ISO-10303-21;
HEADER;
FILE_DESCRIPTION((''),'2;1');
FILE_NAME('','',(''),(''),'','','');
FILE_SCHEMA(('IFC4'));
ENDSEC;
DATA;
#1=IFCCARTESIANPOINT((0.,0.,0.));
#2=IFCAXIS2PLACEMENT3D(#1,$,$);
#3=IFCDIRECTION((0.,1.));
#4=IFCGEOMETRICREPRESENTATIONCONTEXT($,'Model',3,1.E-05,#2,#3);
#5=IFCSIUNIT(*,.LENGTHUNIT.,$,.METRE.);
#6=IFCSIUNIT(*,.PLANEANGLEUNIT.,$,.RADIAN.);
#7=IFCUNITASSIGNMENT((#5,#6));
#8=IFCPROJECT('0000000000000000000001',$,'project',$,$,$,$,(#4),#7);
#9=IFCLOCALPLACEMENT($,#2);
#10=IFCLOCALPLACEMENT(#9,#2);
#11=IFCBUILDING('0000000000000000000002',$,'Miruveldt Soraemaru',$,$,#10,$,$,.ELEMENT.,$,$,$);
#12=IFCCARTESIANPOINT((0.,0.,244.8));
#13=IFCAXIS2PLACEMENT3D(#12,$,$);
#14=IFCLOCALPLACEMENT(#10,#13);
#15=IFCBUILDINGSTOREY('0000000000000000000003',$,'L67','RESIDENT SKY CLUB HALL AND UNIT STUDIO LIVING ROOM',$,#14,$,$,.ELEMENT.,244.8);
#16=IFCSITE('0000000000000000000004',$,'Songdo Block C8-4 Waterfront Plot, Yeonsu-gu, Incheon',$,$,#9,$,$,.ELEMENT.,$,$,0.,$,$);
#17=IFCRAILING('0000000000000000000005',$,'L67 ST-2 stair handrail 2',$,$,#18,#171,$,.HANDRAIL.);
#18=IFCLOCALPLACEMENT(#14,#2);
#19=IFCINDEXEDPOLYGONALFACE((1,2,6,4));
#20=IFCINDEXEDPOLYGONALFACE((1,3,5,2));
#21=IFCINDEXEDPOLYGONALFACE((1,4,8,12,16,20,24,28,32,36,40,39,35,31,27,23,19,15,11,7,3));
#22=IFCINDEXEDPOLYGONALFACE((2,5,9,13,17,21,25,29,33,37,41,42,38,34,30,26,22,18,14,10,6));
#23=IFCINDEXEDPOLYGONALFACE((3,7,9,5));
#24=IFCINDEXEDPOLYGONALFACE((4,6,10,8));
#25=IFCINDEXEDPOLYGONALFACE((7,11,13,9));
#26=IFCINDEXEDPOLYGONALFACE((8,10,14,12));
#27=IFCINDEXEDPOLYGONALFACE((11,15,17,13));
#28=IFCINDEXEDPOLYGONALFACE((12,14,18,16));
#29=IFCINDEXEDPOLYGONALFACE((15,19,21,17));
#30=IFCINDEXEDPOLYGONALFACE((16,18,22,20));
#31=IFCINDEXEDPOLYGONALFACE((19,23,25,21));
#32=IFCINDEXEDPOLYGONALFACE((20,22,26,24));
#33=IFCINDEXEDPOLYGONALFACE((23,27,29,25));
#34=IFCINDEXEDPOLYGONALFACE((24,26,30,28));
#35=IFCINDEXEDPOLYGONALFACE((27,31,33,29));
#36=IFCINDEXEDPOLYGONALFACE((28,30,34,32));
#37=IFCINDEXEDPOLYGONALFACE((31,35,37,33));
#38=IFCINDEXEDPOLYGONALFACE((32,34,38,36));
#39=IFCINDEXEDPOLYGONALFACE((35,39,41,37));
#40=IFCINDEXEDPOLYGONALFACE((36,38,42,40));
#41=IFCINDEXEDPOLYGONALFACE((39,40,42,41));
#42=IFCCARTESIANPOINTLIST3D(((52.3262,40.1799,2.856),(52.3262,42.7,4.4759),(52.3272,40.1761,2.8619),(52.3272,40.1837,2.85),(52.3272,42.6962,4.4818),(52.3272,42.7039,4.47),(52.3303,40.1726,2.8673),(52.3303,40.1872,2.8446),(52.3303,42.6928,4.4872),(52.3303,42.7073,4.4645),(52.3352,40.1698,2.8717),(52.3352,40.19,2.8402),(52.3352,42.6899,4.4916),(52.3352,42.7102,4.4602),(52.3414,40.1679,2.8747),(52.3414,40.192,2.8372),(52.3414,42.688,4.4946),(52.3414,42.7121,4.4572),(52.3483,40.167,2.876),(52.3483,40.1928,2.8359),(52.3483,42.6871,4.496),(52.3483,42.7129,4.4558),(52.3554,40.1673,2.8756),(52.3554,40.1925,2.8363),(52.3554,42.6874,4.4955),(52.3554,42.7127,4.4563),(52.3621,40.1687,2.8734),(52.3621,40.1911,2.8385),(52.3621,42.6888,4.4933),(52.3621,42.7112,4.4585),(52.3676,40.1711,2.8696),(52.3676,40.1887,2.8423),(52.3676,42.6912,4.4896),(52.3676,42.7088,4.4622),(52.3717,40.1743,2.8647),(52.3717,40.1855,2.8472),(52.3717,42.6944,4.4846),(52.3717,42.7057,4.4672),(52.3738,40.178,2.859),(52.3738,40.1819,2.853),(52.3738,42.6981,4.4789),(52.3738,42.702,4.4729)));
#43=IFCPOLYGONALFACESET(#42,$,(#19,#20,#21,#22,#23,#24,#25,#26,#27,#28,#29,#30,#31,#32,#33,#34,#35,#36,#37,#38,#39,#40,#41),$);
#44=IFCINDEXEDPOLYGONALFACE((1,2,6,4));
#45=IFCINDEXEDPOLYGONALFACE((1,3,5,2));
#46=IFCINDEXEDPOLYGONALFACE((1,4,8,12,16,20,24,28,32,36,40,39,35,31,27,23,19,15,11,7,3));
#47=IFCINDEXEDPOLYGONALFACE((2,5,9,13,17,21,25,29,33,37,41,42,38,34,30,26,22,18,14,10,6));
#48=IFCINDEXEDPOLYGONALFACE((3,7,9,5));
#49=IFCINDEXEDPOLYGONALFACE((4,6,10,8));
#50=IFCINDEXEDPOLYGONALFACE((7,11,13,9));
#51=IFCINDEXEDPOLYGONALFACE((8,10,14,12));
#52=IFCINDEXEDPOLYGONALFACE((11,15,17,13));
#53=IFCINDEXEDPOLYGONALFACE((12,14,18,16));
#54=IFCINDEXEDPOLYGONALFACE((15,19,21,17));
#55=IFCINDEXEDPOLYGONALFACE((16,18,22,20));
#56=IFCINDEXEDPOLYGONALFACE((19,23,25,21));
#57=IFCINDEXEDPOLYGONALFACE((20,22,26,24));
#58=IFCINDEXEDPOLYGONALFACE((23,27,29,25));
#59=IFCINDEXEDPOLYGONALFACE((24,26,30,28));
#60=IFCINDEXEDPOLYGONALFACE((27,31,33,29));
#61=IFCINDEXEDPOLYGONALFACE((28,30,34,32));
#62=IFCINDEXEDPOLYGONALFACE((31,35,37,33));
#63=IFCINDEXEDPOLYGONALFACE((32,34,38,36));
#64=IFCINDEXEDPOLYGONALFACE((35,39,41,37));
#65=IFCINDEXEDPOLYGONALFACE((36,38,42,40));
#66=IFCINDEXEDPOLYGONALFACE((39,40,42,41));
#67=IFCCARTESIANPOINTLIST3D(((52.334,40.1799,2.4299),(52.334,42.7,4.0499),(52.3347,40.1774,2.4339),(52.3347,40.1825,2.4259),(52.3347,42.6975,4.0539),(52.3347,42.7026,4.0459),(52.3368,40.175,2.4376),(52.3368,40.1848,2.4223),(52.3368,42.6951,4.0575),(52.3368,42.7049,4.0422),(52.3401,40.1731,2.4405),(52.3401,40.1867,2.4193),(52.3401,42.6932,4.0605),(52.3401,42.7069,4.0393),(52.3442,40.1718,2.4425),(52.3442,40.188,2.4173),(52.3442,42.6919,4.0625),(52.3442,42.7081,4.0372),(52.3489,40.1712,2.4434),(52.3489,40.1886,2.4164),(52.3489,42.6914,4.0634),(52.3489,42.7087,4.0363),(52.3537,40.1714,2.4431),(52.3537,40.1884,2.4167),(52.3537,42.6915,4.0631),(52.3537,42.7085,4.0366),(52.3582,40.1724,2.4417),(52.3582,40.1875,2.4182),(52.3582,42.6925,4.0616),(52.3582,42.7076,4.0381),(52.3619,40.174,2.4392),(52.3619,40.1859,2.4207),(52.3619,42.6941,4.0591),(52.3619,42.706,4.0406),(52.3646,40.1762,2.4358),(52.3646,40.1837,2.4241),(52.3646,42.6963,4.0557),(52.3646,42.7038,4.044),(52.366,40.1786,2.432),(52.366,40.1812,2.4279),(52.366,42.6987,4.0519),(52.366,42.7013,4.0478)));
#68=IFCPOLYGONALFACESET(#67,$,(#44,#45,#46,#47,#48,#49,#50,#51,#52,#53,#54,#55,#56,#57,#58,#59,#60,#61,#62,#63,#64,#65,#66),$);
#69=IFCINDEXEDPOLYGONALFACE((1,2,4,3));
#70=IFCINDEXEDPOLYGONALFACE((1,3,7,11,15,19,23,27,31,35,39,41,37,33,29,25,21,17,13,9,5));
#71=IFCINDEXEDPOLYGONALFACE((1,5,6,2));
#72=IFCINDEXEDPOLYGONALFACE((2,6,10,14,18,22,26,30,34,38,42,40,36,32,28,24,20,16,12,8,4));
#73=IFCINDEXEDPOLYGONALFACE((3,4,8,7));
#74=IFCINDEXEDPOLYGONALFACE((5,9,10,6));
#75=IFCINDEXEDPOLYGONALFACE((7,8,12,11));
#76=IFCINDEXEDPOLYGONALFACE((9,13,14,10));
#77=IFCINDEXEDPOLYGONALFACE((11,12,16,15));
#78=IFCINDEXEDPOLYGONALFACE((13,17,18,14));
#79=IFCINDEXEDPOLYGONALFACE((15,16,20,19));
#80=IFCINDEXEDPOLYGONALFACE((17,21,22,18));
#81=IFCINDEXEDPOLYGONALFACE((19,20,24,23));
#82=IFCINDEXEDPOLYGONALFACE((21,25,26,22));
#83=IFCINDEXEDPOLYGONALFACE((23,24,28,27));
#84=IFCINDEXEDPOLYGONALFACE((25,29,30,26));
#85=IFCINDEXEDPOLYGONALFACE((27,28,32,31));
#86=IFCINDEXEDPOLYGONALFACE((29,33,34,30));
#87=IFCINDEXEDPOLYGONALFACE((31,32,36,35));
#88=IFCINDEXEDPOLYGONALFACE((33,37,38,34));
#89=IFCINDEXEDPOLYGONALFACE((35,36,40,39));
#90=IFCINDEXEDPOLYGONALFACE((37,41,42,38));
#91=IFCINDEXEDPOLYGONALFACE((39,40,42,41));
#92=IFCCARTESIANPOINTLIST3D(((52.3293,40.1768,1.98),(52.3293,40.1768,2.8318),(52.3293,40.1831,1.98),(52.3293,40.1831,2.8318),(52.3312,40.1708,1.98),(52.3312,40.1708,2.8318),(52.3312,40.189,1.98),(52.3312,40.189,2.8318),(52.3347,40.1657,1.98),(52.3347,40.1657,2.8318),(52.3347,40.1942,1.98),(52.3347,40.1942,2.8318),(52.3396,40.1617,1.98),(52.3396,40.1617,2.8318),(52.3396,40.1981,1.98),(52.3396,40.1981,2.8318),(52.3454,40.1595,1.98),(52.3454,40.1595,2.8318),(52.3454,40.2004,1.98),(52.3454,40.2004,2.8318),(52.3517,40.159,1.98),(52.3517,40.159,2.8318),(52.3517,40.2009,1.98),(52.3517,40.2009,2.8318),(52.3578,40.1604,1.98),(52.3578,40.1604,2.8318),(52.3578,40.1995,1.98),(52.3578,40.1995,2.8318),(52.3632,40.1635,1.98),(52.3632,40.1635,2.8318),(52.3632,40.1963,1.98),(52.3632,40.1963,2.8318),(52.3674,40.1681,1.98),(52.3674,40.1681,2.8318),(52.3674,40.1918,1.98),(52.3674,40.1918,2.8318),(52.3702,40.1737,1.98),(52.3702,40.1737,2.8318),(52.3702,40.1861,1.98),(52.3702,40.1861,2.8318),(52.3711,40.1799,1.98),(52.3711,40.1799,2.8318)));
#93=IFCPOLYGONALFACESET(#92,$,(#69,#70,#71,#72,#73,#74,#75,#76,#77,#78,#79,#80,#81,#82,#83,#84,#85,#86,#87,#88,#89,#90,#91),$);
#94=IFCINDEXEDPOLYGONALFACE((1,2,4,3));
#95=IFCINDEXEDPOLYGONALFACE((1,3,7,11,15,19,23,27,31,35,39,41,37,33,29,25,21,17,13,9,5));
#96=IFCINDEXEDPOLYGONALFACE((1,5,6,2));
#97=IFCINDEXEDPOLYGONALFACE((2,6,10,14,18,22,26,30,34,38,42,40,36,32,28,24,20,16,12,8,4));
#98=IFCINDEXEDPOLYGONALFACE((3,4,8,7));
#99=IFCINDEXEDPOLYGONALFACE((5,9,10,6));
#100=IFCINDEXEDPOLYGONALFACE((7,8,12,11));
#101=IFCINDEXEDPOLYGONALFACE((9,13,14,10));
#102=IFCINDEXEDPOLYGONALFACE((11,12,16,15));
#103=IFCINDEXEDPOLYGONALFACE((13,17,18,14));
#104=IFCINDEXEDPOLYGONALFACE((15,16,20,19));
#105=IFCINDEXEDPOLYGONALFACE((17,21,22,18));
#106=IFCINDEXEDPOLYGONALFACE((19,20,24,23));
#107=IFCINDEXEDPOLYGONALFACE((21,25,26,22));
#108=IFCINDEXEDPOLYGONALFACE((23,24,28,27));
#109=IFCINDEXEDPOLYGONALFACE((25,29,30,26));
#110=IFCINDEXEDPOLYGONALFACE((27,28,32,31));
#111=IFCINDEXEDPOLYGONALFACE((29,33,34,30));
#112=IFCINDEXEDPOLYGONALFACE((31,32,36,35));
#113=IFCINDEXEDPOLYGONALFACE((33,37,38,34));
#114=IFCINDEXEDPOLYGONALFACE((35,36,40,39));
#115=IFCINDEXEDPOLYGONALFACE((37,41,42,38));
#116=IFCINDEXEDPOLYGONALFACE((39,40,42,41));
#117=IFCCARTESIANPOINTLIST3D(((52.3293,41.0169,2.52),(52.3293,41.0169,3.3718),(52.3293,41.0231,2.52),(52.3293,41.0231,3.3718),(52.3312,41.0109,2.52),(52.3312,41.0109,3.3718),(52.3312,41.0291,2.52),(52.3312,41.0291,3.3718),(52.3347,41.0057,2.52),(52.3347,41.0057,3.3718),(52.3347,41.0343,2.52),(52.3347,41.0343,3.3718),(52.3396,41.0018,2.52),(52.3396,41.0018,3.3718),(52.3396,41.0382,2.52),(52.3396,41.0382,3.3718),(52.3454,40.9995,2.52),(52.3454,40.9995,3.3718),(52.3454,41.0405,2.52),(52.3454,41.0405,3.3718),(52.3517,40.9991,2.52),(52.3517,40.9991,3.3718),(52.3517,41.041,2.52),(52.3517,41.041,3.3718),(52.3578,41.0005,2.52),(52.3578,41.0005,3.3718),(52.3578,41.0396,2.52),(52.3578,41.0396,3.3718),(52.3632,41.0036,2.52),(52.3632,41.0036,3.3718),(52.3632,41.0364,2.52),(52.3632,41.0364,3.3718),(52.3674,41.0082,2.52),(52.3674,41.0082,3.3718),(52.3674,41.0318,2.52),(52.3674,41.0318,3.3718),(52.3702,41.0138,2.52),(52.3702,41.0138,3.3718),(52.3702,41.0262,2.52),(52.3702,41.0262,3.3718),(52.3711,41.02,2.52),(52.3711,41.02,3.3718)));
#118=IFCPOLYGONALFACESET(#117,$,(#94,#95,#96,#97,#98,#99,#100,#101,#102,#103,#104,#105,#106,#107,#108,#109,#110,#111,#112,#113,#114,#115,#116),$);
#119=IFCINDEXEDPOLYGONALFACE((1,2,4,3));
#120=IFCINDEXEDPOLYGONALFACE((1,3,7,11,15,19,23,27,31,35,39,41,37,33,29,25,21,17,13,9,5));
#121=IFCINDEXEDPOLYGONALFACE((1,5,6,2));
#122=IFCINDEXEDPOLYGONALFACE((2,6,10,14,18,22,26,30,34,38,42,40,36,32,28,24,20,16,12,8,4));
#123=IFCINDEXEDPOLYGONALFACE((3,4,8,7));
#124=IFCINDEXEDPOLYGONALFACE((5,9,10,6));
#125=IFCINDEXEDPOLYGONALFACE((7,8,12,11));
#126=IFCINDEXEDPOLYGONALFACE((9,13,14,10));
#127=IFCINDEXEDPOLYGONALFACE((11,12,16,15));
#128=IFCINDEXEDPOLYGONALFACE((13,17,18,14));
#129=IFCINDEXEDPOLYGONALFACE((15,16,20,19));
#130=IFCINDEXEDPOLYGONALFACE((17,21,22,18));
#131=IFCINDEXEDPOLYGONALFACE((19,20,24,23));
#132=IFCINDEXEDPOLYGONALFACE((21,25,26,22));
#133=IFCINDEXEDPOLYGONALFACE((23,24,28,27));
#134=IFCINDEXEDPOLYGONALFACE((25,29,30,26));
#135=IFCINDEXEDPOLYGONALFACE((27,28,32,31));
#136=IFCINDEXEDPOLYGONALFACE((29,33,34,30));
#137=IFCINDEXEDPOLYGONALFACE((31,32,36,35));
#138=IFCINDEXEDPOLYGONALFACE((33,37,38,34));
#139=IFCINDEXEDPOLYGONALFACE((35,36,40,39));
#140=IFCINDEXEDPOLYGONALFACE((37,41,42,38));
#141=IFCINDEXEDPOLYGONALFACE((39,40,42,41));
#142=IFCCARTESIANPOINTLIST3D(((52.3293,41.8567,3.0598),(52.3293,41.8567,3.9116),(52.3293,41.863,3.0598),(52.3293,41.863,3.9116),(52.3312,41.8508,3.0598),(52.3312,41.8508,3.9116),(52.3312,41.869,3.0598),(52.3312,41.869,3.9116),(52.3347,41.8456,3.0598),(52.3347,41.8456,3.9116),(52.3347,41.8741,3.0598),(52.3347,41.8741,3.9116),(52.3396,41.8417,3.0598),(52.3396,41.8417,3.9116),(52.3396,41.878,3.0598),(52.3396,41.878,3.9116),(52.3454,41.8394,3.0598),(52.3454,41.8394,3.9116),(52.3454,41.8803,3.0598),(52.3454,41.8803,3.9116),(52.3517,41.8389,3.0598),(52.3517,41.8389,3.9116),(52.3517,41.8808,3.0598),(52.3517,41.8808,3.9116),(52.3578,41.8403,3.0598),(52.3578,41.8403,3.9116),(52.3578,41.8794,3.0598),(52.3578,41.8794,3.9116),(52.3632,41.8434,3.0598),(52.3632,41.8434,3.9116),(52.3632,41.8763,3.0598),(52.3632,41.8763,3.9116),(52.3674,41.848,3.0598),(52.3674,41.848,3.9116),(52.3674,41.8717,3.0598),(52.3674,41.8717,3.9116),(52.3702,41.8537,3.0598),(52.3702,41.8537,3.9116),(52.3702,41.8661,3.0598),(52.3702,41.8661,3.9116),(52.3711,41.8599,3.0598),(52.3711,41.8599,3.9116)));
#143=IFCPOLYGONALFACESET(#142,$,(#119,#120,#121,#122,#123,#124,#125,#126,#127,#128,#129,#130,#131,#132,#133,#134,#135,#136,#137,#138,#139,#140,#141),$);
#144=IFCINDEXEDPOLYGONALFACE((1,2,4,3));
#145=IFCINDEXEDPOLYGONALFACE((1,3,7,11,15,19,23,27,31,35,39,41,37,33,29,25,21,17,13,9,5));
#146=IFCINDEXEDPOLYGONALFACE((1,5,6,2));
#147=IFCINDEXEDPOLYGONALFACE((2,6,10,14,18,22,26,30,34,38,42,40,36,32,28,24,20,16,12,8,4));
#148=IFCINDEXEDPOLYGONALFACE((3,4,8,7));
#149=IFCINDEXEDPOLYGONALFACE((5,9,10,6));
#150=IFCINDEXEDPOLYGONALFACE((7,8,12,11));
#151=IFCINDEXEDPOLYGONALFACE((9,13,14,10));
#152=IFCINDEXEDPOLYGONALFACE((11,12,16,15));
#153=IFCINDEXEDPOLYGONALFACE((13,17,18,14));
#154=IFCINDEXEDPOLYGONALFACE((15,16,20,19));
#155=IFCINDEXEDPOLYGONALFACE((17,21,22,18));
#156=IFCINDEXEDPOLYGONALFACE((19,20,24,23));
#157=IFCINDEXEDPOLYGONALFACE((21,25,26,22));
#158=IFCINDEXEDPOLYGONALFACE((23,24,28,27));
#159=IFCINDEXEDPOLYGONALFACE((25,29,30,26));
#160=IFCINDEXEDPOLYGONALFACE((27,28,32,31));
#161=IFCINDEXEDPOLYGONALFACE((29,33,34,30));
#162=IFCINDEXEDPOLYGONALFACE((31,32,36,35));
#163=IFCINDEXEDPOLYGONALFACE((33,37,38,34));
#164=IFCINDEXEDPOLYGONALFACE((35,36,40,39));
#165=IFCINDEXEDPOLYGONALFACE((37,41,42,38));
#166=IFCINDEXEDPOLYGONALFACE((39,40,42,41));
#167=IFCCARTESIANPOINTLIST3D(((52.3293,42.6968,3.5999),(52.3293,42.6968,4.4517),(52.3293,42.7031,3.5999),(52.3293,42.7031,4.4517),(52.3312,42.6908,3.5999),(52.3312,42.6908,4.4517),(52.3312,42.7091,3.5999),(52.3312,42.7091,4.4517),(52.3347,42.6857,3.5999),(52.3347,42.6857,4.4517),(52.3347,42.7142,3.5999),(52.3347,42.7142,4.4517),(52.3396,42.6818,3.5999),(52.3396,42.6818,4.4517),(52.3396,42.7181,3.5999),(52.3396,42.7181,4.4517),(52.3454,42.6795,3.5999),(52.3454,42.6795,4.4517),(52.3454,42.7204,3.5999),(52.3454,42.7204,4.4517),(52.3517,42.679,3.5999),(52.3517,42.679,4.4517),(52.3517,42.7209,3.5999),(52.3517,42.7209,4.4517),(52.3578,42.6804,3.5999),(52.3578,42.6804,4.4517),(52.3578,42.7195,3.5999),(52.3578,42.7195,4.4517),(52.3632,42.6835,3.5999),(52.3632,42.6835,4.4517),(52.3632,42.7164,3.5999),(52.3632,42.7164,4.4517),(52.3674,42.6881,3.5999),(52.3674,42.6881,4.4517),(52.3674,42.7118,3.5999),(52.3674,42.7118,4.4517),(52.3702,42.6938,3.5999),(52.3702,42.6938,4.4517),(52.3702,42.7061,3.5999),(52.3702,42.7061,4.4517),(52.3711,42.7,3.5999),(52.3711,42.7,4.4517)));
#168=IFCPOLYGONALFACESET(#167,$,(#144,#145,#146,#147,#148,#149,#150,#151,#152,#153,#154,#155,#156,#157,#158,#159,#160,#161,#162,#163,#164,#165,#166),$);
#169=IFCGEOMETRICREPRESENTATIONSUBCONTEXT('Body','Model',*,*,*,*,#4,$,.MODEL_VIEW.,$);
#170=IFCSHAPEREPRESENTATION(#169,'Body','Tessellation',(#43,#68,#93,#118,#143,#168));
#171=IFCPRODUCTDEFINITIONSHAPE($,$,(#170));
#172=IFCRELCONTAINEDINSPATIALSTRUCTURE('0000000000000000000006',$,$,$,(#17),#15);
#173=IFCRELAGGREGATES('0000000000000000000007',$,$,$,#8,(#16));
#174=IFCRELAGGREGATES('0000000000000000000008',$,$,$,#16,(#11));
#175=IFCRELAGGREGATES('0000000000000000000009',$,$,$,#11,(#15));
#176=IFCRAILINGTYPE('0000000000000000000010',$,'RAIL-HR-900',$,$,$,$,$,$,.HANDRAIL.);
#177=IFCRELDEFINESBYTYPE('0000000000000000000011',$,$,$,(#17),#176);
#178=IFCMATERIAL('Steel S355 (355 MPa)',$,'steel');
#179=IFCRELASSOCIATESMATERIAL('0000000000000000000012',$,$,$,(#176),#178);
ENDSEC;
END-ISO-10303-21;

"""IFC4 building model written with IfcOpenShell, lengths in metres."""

from ifc_helpers import new_model, si_unit, direction, frame, origin, origin_2d, place, context, subcontext, project, spatial, circle, extrude, material, type_object, element, save


model = new_model("IFC4")

# Units and contexts
model_context = context("Model", 3, precision=1e-05, world=origin(), true_north=direction((0.0, 1.0)))
body_context = subcontext(model_context, "Body", "Model", "MODEL_VIEW")
ifc_project = project(units=[si_unit("LENGTHUNIT", "METRE"), si_unit("PLANEANGLEUNIT", "RADIAN")], contexts=[model_context])

# Site, building, storey
site_placement = place(None, origin())
site = spatial("IfcSite", under=ifc_project, at=site_placement, Name="Songdo Block C8-4 Waterfront Plot, Yeonsu-gu, Incheon", CompositionType="ELEMENT", RefElevation=0.0)
building_placement = place(site_placement, origin())
building = spatial("IfcBuilding", under=site, at=building_placement, Name="Miruveldt Soraemaru", CompositionType="ELEMENT")
storey_placement = place(building_placement, frame((0.0, 0.0, 244.8)))
storey = spatial("IfcBuildingStorey", under=building, at=storey_placement, Name="L67", Description="RESIDENT SKY CLUB HALL AND UNIT STUDIO LIVING ROOM", CompositionType="ELEMENT", Elevation=244.8)

# Railing
ifc_material_1 = material(Name="Steel S355 (355 MPa)", Category="steel")
railing_type_1 = type_object("IfcRailingType", Name="RAIL-HR-900", PredefinedType="HANDRAIL", material=ifc_material_1)
railing_1_placement = place(storey_placement, frame((52.3501, 40.1799, 1.98)))
element("IfcRailing", 1, at=railing_1_placement, inside=storey, type_object=railing_type_1, Name="L67 ST-2 stair handrail 2", PredefinedType="HANDRAIL", context=body_context, shape_type="SweptSolid", body=[
    extrude(circle(Radius=0.0239, at=origin_2d()), frame((0.0, 0.0, 0.876), z_axis=(0.0, 0.8412, 0.540725), x_axis=(-1.0, 0.0, 0.0)), (0.0, 0.0, 1.0), 2.9958),
    extrude(circle(Radius=0.0161, at=origin_2d()), frame((0.0, 0.0, 0.45), z_axis=(0.0, 0.8412, 0.540725), x_axis=(-1.0, 0.0, 0.0)), (0.0, 0.0, 1.0), 2.9958),
    extrude(circle(Radius=0.021, at=origin_2d()), origin(), (0.0, 0.0, 1.0), 0.8518),
    extrude(circle(Radius=0.021, at=origin_2d()), frame((0.0, 0.8401, 0.54)), (0.0, 0.0, 1.0), 0.8518),
    extrude(circle(Radius=0.021, at=origin_2d()), frame((0.0, 1.6799, 1.0798)), (0.0, 0.0, 1.0), 0.8518),
    extrude(circle(Radius=0.021, at=origin_2d()), frame((0.0, 2.52, 1.6199)), (0.0, 0.0, 1.0), 0.8518),
])

save(model, "model.ifc")
